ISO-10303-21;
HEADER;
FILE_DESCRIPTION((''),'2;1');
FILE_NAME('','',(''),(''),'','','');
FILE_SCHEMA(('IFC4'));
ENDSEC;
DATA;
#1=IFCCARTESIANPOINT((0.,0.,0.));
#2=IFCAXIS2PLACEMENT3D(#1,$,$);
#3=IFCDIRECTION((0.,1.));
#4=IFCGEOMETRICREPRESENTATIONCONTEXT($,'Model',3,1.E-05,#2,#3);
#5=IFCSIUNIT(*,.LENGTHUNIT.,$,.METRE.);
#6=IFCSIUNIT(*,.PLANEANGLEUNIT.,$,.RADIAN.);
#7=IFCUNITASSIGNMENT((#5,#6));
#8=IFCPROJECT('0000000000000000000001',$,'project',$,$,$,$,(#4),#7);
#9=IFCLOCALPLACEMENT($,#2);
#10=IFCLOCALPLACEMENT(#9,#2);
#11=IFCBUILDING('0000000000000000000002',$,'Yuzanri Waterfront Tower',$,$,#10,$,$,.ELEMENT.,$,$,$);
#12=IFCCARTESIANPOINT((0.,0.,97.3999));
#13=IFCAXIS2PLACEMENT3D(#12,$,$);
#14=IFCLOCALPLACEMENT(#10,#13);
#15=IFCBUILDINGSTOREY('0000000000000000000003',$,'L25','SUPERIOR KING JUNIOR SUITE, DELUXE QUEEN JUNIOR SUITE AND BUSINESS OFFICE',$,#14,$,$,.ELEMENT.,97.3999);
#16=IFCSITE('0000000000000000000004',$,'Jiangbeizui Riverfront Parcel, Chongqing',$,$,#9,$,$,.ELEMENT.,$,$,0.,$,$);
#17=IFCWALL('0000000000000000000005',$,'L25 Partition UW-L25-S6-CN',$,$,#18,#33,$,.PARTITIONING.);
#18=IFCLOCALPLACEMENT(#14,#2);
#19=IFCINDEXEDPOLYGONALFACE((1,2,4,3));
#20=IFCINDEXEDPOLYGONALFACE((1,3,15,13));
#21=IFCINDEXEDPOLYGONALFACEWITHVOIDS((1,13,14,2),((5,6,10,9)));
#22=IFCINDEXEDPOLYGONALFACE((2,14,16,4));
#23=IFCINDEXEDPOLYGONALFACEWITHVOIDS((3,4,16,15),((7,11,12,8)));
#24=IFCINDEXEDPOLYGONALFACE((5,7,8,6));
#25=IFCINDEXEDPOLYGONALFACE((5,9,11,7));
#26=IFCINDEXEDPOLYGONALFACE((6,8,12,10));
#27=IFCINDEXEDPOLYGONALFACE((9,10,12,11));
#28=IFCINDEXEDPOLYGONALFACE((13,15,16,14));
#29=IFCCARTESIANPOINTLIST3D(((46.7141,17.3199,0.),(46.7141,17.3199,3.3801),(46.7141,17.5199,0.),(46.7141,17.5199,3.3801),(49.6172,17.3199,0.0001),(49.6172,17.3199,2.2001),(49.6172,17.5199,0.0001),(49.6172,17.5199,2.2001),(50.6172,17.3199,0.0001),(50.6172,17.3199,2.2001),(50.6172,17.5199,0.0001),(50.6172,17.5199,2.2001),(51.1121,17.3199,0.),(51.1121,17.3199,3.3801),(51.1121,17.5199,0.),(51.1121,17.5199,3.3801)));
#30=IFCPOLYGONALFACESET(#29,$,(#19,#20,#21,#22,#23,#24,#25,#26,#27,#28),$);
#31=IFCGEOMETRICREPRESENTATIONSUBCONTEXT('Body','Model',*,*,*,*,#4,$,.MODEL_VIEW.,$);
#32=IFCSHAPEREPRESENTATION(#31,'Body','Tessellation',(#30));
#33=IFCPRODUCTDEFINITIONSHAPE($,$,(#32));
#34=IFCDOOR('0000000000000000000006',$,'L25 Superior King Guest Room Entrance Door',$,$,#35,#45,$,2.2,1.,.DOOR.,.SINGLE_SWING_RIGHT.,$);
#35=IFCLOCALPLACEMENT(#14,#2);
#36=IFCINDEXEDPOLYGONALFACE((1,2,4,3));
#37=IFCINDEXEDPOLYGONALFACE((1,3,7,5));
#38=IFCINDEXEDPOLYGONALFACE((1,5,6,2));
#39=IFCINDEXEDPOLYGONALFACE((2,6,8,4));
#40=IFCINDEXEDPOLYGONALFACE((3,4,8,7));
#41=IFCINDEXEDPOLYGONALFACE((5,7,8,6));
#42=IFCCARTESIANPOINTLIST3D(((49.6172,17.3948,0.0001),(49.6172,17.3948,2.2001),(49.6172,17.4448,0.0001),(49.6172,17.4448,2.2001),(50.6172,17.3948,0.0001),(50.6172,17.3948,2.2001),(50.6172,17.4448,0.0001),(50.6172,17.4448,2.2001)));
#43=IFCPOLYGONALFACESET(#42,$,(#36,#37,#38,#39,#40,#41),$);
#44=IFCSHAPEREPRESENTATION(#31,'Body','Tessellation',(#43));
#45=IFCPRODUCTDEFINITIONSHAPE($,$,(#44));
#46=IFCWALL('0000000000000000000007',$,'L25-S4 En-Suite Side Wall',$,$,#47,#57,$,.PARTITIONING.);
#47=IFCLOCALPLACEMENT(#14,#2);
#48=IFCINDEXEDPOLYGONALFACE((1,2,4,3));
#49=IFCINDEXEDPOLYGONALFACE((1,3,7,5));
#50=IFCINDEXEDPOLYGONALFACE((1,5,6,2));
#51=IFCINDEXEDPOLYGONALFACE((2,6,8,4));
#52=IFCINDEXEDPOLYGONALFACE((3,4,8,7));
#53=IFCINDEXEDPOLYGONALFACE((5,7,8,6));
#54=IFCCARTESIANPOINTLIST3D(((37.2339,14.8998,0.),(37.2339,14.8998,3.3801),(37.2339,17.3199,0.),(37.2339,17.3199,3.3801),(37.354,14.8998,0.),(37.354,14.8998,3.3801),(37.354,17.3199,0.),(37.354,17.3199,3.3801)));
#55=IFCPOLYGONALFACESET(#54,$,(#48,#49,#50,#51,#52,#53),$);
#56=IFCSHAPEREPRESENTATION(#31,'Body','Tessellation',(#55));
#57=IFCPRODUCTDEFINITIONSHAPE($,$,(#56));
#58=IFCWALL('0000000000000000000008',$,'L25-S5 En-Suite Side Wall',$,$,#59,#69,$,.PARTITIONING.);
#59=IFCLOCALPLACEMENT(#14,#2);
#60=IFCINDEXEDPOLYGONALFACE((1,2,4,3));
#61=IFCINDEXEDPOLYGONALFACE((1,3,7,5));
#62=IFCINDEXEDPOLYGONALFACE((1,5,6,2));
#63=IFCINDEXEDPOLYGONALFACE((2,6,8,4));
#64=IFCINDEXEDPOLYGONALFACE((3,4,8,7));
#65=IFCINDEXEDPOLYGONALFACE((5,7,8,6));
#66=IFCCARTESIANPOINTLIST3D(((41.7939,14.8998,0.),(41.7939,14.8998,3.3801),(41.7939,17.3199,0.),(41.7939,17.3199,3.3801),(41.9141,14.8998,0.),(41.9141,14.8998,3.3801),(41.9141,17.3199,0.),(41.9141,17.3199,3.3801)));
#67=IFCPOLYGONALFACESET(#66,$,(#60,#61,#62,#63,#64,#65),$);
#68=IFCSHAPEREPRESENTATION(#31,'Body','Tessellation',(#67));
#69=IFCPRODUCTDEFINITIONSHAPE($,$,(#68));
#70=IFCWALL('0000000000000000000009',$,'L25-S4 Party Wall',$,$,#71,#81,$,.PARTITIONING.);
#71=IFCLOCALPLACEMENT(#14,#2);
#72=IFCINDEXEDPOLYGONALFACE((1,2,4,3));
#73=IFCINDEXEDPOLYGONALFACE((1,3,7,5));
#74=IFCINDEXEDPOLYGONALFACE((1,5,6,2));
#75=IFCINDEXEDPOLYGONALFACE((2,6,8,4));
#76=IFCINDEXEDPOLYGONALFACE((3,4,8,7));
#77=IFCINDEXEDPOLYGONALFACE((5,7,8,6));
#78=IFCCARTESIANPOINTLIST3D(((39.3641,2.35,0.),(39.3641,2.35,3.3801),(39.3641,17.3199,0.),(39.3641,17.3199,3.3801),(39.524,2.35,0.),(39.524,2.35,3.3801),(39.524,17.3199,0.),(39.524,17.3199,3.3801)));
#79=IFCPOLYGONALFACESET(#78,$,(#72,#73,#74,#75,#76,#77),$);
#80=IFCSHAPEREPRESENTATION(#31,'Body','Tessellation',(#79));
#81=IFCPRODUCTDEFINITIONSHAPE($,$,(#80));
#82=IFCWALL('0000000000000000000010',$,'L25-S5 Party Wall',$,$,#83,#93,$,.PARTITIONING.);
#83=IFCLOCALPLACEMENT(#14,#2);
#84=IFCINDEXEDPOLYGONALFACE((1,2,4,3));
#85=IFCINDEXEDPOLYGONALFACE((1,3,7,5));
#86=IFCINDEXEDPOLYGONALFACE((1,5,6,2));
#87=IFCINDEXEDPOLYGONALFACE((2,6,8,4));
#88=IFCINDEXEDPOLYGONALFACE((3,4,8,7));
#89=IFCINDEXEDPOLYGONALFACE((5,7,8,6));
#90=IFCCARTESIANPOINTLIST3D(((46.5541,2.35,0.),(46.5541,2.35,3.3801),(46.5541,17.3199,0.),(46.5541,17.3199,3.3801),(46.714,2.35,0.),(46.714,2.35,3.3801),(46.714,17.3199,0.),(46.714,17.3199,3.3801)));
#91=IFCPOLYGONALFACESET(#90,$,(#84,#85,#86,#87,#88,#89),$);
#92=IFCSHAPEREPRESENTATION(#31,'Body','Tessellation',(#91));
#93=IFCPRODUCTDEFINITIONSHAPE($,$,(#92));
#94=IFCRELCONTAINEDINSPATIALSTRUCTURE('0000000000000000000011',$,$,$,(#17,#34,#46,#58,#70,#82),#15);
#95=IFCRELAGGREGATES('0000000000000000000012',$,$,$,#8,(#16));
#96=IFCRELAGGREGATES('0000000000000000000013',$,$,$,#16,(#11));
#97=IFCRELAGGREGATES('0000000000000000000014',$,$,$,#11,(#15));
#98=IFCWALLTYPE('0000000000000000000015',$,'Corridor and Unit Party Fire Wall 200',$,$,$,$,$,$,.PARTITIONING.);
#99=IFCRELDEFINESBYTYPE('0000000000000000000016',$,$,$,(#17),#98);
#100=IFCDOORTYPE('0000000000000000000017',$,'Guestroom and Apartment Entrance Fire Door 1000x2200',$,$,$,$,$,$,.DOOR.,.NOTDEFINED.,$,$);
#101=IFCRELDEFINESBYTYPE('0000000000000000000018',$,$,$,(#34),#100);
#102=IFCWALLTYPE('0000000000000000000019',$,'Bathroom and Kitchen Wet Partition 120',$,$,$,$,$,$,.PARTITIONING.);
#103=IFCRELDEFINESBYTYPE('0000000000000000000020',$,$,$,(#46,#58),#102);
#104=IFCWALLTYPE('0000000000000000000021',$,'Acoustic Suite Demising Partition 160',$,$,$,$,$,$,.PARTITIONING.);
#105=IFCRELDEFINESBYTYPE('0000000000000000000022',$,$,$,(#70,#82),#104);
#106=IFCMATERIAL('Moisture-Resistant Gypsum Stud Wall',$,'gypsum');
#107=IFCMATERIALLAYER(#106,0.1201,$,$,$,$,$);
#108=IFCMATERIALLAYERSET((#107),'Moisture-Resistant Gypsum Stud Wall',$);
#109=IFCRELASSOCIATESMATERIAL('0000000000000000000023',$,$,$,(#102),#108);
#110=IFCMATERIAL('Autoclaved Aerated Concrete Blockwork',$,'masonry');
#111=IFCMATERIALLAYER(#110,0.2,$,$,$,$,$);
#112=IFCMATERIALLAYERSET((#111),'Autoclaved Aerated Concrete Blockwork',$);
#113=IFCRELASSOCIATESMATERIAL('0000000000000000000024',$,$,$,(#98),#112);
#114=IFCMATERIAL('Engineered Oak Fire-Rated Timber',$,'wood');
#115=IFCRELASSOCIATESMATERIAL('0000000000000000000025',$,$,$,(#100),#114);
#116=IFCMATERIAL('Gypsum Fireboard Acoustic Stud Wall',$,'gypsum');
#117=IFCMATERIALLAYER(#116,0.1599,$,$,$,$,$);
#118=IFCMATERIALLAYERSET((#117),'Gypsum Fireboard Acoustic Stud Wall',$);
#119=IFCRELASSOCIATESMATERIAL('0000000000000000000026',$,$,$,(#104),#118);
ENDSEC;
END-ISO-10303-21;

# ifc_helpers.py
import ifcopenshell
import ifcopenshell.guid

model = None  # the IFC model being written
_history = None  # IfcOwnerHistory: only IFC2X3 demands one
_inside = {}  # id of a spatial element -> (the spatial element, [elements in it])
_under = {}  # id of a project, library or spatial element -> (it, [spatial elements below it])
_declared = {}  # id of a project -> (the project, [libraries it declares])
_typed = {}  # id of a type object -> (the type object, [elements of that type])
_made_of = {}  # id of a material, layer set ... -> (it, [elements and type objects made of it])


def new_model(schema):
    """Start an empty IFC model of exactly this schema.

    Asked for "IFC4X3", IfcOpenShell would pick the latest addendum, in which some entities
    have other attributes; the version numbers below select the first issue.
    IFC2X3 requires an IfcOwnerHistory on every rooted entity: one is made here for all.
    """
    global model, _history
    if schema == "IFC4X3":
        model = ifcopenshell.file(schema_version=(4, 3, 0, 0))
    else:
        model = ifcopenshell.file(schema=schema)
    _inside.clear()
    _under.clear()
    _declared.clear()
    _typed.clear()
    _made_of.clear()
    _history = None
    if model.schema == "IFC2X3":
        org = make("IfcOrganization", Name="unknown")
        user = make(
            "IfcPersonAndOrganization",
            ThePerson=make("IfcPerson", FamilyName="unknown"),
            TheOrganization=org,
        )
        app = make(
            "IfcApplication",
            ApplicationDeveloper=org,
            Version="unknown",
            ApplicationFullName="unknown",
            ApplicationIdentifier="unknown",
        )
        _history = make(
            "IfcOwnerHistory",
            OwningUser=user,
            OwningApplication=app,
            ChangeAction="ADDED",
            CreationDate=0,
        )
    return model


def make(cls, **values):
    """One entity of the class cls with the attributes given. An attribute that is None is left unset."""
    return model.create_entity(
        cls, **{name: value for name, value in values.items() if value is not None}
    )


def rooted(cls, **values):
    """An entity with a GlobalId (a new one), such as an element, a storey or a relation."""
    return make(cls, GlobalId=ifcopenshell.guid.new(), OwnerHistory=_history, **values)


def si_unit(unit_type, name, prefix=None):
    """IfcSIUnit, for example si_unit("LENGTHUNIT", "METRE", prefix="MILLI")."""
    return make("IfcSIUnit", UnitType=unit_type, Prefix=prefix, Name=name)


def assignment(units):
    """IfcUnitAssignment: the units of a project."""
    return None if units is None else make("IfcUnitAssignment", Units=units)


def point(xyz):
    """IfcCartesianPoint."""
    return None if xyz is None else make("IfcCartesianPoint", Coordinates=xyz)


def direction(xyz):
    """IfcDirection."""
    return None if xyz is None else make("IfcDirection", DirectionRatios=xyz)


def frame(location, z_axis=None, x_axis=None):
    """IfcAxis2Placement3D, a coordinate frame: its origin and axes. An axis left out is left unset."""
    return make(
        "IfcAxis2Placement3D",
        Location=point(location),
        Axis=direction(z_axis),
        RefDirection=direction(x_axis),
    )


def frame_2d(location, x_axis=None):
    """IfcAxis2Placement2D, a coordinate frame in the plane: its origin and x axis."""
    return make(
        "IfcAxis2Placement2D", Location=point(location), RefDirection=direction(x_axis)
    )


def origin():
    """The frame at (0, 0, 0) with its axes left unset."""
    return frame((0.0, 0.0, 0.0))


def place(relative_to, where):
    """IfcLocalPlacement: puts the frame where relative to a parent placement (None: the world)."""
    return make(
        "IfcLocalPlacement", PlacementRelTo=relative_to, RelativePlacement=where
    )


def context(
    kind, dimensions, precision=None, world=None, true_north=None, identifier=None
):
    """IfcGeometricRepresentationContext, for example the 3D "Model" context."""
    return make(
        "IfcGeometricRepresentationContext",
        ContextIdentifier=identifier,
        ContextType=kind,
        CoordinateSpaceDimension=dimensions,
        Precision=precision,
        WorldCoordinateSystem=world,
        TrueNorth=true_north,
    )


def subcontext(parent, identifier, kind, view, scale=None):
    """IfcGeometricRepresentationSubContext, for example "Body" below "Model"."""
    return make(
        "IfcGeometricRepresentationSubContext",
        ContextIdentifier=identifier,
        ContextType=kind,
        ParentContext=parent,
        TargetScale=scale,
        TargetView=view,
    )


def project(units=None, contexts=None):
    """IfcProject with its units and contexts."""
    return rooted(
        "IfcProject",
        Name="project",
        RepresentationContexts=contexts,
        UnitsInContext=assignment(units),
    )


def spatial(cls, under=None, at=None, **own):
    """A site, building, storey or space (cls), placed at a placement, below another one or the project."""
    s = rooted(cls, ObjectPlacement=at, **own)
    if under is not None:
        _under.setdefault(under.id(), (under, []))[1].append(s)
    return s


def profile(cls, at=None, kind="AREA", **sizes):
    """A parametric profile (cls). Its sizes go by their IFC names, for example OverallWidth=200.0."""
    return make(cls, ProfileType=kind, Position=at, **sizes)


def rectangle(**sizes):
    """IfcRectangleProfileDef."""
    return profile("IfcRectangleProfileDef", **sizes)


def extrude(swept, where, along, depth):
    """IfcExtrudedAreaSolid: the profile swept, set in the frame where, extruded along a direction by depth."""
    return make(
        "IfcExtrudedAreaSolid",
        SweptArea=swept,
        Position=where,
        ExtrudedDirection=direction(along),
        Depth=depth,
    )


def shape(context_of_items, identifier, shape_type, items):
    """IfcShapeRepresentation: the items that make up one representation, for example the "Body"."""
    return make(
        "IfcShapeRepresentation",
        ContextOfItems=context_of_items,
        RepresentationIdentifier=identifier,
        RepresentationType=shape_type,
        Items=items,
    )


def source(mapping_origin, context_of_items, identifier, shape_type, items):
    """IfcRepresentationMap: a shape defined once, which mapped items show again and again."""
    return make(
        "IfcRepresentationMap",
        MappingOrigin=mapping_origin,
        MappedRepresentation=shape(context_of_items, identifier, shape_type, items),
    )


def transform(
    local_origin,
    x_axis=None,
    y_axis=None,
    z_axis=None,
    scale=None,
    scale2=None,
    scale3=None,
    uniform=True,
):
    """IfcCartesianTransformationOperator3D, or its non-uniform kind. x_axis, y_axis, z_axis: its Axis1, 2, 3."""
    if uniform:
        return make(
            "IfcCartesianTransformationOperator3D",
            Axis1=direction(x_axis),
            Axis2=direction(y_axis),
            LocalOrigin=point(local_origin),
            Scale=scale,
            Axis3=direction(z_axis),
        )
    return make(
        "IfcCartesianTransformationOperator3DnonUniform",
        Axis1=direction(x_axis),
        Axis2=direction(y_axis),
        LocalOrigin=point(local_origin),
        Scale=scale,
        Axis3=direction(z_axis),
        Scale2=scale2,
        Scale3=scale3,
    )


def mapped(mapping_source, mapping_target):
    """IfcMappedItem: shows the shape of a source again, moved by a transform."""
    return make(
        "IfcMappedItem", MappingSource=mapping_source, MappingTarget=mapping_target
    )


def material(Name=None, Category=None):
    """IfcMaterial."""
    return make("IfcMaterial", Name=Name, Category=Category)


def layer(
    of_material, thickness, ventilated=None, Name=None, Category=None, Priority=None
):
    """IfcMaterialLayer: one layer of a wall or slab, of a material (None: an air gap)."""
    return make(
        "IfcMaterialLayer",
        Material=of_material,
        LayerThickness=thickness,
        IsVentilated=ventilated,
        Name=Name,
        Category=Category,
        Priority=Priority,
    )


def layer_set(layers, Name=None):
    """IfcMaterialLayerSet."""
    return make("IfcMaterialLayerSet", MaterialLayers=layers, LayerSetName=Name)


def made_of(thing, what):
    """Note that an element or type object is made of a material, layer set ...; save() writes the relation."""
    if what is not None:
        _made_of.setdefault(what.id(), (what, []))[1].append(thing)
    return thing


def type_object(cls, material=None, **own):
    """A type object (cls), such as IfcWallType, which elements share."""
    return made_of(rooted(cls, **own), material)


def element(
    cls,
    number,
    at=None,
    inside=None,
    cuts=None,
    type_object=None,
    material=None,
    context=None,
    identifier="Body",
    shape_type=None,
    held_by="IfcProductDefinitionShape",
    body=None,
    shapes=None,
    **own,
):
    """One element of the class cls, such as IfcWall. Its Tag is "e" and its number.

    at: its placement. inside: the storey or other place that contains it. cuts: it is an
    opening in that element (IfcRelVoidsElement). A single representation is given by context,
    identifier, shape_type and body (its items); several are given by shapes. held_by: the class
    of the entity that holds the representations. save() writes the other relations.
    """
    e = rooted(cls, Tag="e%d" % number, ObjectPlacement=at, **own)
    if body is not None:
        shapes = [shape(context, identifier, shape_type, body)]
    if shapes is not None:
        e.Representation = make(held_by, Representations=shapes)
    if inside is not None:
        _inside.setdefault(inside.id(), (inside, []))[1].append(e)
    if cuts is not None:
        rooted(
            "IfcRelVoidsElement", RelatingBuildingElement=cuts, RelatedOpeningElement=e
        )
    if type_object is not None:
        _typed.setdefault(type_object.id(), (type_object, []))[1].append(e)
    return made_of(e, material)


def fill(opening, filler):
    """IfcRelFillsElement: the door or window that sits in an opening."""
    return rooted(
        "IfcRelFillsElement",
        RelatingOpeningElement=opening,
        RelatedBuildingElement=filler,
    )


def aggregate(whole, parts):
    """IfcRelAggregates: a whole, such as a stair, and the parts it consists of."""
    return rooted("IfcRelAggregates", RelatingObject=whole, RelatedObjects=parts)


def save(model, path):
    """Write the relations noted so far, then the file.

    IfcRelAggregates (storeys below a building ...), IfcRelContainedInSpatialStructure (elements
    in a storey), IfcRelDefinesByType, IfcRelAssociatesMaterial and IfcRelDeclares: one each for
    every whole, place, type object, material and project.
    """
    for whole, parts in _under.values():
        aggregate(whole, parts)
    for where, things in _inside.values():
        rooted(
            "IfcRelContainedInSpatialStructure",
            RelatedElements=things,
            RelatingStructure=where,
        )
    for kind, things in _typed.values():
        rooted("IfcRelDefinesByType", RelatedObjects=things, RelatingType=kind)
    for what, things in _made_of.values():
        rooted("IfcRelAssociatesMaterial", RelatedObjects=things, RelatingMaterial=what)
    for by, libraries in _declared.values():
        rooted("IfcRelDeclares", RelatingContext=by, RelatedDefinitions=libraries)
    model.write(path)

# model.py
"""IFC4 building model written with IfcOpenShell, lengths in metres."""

from ifc_helpers import new_model, si_unit, direction, frame, frame_2d, origin, place, context, subcontext, project, spatial, rectangle, extrude, source, transform, mapped, material, layer, layer_set, type_object, element, fill, save


model = new_model("IFC4")

# Units and contexts
model_context = context("Model", 3, precision=1e-05, world=origin(), true_north=direction((0.0, 1.0)))
body_context = subcontext(model_context, "Body", "Model", "MODEL_VIEW")
ifc_project = project(units=[si_unit("LENGTHUNIT", "METRE"), si_unit("PLANEANGLEUNIT", "RADIAN")], contexts=[model_context])

# Site, building, storey
site_placement = place(None, origin())
site = spatial("IfcSite", under=ifc_project, at=site_placement, Name="Jiangbeizui Riverfront Parcel, Chongqing", CompositionType="ELEMENT", RefElevation=0.0)
building_placement = place(site_placement, origin())
building = spatial("IfcBuilding", under=site, at=building_placement, Name="Yuzanri Waterfront Tower", CompositionType="ELEMENT")
storey_placement = place(building_placement, frame((0.0, 0.0, 97.3999)))
storey = spatial("IfcBuildingStorey", under=building, at=storey_placement, Name="L25", Description="SUPERIOR KING JUNIOR SUITE, DELUXE QUEEN JUNIOR SUITE AND BUSINESS OFFICE", CompositionType="ELEMENT", Elevation=97.3999)

# Wall, opening, door
ifc_material_1 = material(Name="Moisture-Resistant Gypsum Stud Wall", Category="gypsum")
ifc_layer_1 = layer(ifc_material_1, 0.1201)
ifc_layer_set_1 = layer_set([ifc_layer_1], Name="Moisture-Resistant Gypsum Stud Wall")
wall_type_1 = type_object("IfcWallType", Name="Bathroom and Kitchen Wet Partition 120", PredefinedType="PARTITIONING", material=ifc_layer_set_1)
ifc_material_2 = material(Name="Autoclaved Aerated Concrete Blockwork", Category="masonry")
ifc_layer_2 = layer(ifc_material_2, 0.2)
ifc_layer_set_2 = layer_set([ifc_layer_2], Name="Autoclaved Aerated Concrete Blockwork")
wall_type_2 = type_object("IfcWallType", Name="Corridor and Unit Party Fire Wall 200", PredefinedType="PARTITIONING", material=ifc_layer_set_2)
ifc_material_3 = material(Name="Engineered Oak Fire-Rated Timber", Category="wood")
door_type_1 = type_object("IfcDoorType", Name="Guestroom and Apartment Entrance Fire Door 1000x2200", OperationType="NOTDEFINED", PredefinedType="DOOR", material=ifc_material_3)
shared_shape_1 = source(origin(), body_context, "Body", "SweptSolid", [
    extrude(rectangle(XDim=1.0, YDim=2.2, at=frame_2d((0.5, 1.1001))), frame((0.0, 0.0249, 0.0), z_axis=(0.0, -1.0, 0.0), x_axis=(1.0, 0.0, 0.0)), (0.0, 0.0, 1.0), 0.05),
])
wall_1_placement = place(storey_placement, frame((46.7141, 17.4199, 0.0), z_axis=(0.0, 0.0, 1.0), x_axis=(1.0, 0.0, 0.0)))
wall_1 = element("IfcWall", 1, at=wall_1_placement, inside=storey, type_object=wall_type_2, Name="L25 Partition UW-L25-S6-CN", PredefinedType="PARTITIONING", context=body_context, shape_type="SweptSolid", body=[
    extrude(rectangle(XDim=4.3979, YDim=0.2, at=frame_2d((2.199, 0.0))), origin(), (0.0, 0.0, 1.0), 3.3801),
])
opening_1_placement = place(wall_1_placement, frame((2.9031, 0.0, 0.0)))
opening_1 = element("IfcOpeningElement", 2, at=opening_1_placement, cuts=wall_1, PredefinedType="OPENING", context=body_context, shape_type="SweptSolid", body=[
    extrude(rectangle(XDim=1.0, YDim=2.2, at=frame_2d((0.5, 1.1001))), frame((0.0, 0.1147, 0.0), z_axis=(0.0, -1.0, 0.0), x_axis=(1.0, 0.0, 0.0)), (0.0, 0.0, 1.0), 0.2297),
])
door_1_placement = place(opening_1_placement, origin())
door_1 = element("IfcDoor", 3, at=door_1_placement, inside=storey, type_object=door_type_1, Name="L25 Superior King Guest Room Entrance Door", OperationType="SINGLE_SWING_RIGHT", OverallHeight=2.2, OverallWidth=1.0, PredefinedType="DOOR", context=body_context, shape_type="MappedRepresentation", body=[
    mapped(shared_shape_1, transform((0.0, 0.0, 0.0), scale=1.0)),
])
fill(opening_1, door_1)

# Walls
shared_shape_2 = source(origin(), body_context, "Body", "SweptSolid", [
    extrude(rectangle(XDim=2.4202, YDim=0.1201, at=frame_2d((1.21, 0.0))), origin(), (0.0, 0.0, 1.0), 3.3801),
])
for number, where, z_axis, x_axis, name in (
    (4, (37.2939, 14.8999, 0.0), (0.0, 0.0, 1.0), (0.0, 1.0, 0.0), "L25-S4 En-Suite Side Wall"),
    (5, (41.854, 14.8999, 0.0), (0.0, 0.0, 1.0), (0.0, 1.0, 0.0), "L25-S5 En-Suite Side Wall"),
):
    element("IfcWall", number, at=place(storey_placement, frame(where, z_axis=z_axis, x_axis=x_axis)), inside=storey, type_object=wall_type_1, Name=name, PredefinedType="PARTITIONING", context=body_context, shape_type="MappedRepresentation", body=[
        mapped(shared_shape_2, transform((0.0, 0.0, 0.0), scale=1.0)),
    ])
ifc_material_4 = material(Name="Gypsum Fireboard Acoustic Stud Wall", Category="gypsum")
ifc_layer_3 = layer(ifc_material_4, 0.1599)
ifc_layer_set_3 = layer_set([ifc_layer_3], Name="Gypsum Fireboard Acoustic Stud Wall")
wall_type_3 = type_object("IfcWallType", Name="Acoustic Suite Demising Partition 160", PredefinedType="PARTITIONING", material=ifc_layer_set_3)
shared_shape_3 = source(origin(), body_context, "Body", "SweptSolid", [
    extrude(rectangle(XDim=14.97, YDim=0.1599, at=frame_2d((7.4849, 0.0))), origin(), (0.0, 0.0, 1.0), 3.3801),
])
for number, where, z_axis, x_axis, name in (
    (6, (39.4441, 2.3501, 0.0), (0.0, 0.0, 1.0), (0.0, 1.0, 0.0), "L25-S4 Party Wall"),
    (7, (46.634, 2.3501, 0.0), (0.0, 0.0, 1.0), (0.0, 1.0, 0.0), "L25-S5 Party Wall"),
):
    element("IfcWall", number, at=place(storey_placement, frame(where, z_axis=z_axis, x_axis=x_axis)), inside=storey, type_object=wall_type_3, Name=name, PredefinedType="PARTITIONING", context=body_context, shape_type="MappedRepresentation", body=[
        mapped(shared_shape_3, transform((0.0, 0.0, 0.0), scale=1.0)),
    ])

save(model, "model.ifc")
